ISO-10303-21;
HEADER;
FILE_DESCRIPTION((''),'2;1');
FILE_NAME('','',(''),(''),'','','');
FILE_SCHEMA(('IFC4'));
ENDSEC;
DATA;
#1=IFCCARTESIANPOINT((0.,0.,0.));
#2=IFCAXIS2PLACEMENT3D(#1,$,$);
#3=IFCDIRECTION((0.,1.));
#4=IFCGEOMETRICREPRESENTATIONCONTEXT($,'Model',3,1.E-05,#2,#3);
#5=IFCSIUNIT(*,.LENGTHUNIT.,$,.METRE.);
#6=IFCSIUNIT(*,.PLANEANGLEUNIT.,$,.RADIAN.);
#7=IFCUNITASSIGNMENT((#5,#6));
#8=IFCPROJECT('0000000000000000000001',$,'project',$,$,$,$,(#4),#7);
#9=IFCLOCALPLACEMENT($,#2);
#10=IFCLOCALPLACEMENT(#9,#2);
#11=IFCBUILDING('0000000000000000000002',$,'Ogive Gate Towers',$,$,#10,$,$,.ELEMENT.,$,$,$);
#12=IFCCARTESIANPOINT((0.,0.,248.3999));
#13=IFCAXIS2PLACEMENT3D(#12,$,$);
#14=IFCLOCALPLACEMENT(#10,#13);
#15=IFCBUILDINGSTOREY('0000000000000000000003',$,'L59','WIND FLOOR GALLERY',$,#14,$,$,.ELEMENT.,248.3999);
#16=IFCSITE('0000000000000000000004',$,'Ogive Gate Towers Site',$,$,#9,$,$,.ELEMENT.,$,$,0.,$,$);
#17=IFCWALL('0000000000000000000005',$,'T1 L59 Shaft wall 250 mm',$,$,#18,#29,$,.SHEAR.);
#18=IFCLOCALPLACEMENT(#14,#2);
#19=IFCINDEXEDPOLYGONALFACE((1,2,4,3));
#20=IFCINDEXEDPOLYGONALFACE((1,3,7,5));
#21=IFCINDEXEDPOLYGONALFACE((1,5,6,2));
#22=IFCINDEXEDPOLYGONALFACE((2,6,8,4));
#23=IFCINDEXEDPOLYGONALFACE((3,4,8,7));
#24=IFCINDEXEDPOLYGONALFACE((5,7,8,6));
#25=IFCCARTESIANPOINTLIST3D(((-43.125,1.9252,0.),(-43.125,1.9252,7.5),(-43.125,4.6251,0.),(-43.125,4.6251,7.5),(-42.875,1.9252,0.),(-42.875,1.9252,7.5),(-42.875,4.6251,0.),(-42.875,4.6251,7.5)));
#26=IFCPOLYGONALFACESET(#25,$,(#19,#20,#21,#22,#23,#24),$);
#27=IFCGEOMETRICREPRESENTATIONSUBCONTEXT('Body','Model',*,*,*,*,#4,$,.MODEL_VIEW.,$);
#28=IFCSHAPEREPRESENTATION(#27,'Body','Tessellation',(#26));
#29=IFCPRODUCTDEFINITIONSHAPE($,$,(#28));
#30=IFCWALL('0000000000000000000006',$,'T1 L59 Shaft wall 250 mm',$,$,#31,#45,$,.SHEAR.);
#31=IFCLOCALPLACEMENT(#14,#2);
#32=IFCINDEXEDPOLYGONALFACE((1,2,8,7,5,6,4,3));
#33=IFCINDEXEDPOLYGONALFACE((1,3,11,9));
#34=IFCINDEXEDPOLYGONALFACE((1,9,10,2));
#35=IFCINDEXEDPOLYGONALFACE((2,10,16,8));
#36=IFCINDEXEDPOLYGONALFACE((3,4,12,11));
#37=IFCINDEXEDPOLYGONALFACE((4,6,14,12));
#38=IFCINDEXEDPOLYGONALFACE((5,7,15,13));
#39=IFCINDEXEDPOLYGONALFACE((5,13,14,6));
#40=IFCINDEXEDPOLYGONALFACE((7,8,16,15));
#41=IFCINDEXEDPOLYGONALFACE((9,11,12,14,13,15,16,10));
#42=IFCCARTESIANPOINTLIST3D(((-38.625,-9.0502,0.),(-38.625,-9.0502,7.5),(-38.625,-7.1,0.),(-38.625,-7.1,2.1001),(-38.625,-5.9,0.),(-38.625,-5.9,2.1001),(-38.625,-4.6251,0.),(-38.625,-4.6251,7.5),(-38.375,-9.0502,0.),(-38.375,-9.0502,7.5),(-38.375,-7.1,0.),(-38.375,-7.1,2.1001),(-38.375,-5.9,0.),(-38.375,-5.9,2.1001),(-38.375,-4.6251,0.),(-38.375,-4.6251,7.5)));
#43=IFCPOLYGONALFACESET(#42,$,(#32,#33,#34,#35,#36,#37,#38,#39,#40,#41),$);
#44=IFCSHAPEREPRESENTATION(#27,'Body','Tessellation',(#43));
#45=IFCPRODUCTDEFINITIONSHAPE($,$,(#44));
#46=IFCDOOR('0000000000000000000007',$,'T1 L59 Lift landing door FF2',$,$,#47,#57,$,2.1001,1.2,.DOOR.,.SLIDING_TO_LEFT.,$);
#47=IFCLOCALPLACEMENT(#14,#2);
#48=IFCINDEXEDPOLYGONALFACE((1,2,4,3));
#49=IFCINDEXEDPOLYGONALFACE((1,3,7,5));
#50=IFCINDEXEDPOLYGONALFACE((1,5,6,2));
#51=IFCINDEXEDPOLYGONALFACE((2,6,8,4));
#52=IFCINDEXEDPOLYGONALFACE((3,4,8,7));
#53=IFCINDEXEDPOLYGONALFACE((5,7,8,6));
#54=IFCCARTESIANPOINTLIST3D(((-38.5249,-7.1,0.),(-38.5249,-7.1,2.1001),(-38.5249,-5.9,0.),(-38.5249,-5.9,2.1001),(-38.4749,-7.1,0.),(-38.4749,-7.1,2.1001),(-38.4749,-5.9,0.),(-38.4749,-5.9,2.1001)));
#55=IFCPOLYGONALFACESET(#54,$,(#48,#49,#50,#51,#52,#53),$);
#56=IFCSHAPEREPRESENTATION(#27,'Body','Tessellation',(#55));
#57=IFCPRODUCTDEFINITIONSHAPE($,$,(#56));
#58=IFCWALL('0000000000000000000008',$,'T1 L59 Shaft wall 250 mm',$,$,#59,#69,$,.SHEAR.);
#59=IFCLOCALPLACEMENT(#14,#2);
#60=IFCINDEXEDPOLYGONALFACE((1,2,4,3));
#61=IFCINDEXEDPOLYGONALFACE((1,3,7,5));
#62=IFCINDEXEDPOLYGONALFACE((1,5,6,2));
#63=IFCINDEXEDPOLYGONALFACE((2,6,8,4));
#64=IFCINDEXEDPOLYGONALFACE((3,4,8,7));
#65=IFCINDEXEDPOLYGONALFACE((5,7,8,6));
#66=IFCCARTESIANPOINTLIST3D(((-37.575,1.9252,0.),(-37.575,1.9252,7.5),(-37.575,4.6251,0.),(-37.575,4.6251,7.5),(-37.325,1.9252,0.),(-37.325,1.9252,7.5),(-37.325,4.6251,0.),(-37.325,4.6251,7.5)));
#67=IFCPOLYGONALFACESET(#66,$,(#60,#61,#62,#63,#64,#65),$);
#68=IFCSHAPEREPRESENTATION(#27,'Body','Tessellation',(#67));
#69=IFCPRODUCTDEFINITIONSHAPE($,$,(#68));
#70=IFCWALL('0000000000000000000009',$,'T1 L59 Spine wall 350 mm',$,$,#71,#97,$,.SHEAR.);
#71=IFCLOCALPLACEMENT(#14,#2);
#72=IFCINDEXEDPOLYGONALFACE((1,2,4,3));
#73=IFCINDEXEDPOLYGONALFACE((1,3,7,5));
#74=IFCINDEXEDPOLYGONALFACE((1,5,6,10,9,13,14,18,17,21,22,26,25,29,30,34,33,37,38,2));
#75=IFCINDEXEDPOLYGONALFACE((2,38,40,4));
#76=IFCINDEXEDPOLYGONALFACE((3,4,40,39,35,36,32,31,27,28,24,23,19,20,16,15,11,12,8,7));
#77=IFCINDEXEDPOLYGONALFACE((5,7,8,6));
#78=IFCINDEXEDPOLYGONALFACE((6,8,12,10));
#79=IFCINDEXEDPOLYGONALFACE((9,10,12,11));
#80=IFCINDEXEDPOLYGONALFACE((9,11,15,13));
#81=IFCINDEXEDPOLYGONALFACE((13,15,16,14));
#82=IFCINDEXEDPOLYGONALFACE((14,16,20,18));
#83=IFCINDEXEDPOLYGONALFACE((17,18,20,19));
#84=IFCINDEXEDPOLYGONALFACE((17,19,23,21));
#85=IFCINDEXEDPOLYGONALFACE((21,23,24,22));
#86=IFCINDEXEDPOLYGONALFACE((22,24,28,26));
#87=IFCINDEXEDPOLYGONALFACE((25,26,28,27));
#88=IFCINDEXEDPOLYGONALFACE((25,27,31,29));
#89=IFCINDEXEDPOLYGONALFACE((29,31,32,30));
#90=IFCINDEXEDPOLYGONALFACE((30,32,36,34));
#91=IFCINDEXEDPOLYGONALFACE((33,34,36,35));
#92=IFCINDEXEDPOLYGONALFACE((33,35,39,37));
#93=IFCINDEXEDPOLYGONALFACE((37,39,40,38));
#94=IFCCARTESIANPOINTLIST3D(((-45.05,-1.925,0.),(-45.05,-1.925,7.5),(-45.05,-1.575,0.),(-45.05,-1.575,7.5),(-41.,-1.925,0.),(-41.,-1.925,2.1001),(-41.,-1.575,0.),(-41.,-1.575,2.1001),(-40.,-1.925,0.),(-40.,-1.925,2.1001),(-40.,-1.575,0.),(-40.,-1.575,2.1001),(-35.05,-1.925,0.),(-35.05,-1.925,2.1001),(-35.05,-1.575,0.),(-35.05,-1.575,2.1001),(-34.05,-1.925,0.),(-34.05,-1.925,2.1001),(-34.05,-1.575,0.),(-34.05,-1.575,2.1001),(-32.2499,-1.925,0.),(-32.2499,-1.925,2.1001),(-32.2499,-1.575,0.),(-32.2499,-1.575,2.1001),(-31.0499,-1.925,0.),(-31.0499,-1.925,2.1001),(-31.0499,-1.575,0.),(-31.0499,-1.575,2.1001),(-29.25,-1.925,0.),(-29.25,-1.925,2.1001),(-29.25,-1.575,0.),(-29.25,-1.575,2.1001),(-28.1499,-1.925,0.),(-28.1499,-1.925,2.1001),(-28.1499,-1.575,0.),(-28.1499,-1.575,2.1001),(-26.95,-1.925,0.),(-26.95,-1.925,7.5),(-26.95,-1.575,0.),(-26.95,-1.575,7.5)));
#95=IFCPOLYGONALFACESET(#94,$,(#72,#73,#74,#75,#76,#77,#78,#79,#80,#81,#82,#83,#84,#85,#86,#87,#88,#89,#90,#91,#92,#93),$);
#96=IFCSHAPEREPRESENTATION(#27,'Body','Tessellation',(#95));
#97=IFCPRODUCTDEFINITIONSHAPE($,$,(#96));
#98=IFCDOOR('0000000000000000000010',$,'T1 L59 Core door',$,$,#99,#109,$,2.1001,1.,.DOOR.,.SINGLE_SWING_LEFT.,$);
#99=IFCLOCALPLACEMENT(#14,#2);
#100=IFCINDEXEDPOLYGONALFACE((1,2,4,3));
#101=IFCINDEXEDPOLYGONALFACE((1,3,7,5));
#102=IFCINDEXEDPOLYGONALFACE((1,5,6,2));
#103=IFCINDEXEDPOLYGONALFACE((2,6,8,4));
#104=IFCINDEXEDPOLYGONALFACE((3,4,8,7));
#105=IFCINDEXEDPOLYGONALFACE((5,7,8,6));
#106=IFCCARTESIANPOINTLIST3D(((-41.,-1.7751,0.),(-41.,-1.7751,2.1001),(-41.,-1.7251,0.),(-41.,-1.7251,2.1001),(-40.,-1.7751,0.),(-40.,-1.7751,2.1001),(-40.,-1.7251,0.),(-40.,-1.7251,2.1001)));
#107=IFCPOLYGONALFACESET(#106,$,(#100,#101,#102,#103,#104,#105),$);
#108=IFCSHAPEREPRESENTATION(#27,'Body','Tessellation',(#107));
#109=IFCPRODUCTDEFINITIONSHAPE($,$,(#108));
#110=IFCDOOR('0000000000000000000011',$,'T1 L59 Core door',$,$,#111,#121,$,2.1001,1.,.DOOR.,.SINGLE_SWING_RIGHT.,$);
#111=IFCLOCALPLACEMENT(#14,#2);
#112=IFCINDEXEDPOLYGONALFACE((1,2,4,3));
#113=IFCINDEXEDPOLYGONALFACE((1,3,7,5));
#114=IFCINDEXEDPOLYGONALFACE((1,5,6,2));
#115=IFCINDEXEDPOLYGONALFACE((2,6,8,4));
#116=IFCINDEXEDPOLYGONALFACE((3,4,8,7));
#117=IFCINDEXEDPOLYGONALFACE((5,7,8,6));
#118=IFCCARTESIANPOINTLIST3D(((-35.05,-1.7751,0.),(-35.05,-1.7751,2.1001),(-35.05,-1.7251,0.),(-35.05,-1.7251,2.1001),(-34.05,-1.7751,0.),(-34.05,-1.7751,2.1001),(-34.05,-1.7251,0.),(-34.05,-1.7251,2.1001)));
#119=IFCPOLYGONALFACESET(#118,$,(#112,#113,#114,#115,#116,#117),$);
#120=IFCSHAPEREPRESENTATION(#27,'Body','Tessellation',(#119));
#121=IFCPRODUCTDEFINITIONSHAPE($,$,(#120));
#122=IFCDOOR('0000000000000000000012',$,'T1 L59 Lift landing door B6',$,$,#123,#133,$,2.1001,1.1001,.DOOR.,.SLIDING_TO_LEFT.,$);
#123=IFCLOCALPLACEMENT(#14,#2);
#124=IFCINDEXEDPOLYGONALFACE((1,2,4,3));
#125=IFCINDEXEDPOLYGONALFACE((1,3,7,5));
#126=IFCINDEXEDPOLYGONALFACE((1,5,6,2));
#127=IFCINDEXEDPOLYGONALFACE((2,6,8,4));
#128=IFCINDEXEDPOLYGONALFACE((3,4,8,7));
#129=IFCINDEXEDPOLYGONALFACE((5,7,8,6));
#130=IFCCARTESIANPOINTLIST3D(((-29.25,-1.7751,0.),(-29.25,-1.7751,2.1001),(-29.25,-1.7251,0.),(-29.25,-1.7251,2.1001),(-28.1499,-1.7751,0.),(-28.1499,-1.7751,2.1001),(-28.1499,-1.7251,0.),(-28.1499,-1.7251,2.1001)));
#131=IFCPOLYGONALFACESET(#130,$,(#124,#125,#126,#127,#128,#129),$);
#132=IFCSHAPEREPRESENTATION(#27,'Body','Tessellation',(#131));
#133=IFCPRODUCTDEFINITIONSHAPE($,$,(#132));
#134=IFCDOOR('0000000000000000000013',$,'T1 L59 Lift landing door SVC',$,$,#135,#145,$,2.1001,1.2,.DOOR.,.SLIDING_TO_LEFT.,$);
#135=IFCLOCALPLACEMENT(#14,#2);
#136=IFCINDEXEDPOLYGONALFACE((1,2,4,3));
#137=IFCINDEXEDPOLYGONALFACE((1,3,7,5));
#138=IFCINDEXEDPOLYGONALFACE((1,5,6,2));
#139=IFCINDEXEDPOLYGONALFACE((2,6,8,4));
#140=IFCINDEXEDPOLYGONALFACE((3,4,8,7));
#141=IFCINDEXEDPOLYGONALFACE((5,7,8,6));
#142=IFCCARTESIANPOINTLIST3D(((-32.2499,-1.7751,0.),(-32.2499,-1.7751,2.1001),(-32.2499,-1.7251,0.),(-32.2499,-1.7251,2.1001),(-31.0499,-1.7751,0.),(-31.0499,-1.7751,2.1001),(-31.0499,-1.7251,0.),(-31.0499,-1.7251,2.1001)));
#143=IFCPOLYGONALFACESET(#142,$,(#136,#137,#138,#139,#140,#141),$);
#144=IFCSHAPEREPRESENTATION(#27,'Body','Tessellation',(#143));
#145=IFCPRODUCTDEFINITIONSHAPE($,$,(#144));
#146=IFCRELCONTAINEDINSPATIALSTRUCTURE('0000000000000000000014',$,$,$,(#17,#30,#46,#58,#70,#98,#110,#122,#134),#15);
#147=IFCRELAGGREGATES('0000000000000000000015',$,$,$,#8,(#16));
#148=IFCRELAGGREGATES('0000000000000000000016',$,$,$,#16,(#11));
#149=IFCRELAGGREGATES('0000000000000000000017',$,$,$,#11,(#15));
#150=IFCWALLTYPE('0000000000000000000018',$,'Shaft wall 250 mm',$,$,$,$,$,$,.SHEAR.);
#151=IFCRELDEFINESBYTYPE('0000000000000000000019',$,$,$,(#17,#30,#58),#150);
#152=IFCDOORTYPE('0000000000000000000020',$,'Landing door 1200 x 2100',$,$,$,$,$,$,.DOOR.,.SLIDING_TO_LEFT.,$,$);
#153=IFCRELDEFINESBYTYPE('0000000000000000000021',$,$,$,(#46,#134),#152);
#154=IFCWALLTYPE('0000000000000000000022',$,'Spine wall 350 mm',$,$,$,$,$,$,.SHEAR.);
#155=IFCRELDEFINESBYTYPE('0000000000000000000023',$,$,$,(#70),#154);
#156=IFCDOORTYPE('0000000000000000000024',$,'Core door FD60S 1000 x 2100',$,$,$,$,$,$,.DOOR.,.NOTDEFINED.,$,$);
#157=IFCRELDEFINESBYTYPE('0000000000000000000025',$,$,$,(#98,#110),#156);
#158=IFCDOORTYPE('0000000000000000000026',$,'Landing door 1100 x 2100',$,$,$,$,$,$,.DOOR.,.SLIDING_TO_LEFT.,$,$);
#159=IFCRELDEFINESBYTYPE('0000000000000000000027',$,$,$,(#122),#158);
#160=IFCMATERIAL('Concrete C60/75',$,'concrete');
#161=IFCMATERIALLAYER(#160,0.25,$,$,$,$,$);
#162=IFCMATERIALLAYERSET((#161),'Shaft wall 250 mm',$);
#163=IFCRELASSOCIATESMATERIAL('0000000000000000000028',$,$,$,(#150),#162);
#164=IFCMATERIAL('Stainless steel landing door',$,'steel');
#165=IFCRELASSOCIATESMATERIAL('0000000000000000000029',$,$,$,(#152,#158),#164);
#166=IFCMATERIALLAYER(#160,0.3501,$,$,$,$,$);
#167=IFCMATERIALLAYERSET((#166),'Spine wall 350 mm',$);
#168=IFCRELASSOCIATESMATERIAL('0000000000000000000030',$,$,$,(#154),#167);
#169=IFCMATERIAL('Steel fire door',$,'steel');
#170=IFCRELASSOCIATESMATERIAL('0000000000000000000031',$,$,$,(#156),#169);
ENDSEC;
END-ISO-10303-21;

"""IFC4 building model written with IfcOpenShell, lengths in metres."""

from ifc_helpers import new_model, si_unit, direction, frame, frame_2d, origin, place, context, subcontext, project, spatial, rectangle, extrude, material, layer, layer_set, type_object, element, fill, save


model = new_model("IFC4")

# Units and contexts
model_context = context("Model", 3, precision=1e-05, world=origin(), true_north=direction((0.0, 1.0)))
body_context = subcontext(model_context, "Body", "Model", "MODEL_VIEW")
ifc_project = project(units=[si_unit("LENGTHUNIT", "METRE"), si_unit("PLANEANGLEUNIT", "RADIAN")], contexts=[model_context])

# Site, building, storey
site_placement = place(None, origin())
site = spatial("IfcSite", under=ifc_project, at=site_placement, Name="Ogive Gate Towers Site", CompositionType="ELEMENT", RefElevation=0.0)
building_placement = place(site_placement, origin())
building = spatial("IfcBuilding", under=site, at=building_placement, Name="Ogive Gate Towers", CompositionType="ELEMENT")
storey_placement = place(building_placement, frame((0.0, 0.0, 248.3999)))
storey = spatial("IfcBuildingStorey", under=building, at=storey_placement, Name="L59", Description="WIND FLOOR GALLERY", CompositionType="ELEMENT", Elevation=248.3999)

# Wall
ifc_material_1 = material(Name="Concrete C60/75", Category="concrete")
ifc_layer_1 = layer(ifc_material_1, 0.25)
ifc_layer_set_1 = layer_set([ifc_layer_1], Name="Shaft wall 250 mm")
wall_type_1 = type_object("IfcWallType", Name="Shaft wall 250 mm", PredefinedType="SHEAR", material=ifc_layer_set_1)
wall_1_placement = place(storey_placement, frame((-43.0, 1.925, 0.0), z_axis=(0.0, 0.0, 1.0), x_axis=(0.0, 1.0, 0.0)))
element("IfcWall", 1, at=wall_1_placement, inside=storey, type_object=wall_type_1, Name="T1 L59 Shaft wall 250 mm", PredefinedType="SHEAR", context=body_context, shape_type="SweptSolid", body=[
    extrude(rectangle(XDim=2.7, YDim=0.25, at=frame_2d((1.3501, 0.0))), origin(), (0.0, 0.0, 1.0), 7.5),
])

# Wall, opening, door
wall_2_placement = place(storey_placement, frame((-38.5, -9.05, 0.0), z_axis=(0.0, 0.0, 1.0), x_axis=(0.0, 1.0, 0.0)))
wall_2 = element("IfcWall", 2, at=wall_2_placement, inside=storey, type_object=wall_type_1, Name="T1 L59 Shaft wall 250 mm", PredefinedType="SHEAR", context=body_context, shape_type="SweptSolid", body=[
    extrude(rectangle(XDim=4.425, YDim=0.25, at=frame_2d((2.2124, 0.0))), origin(), (0.0, 0.0, 1.0), 7.5),
])
opening_1_placement = place(wall_2_placement, frame((1.95, 0.0, 0.0)))
opening_1 = element("IfcOpeningElement", 3, at=opening_1_placement, cuts=wall_2, PredefinedType="OPENING", context=body_context, shape_type="SweptSolid", body=[
    extrude(rectangle(XDim=1.2, YDim=2.1001, at=frame_2d((0.6001, 1.05))), frame((0.0, 0.135, 0.0), z_axis=(0.0, -1.0, 0.0), x_axis=(1.0, 0.0, 0.0)), (0.0, 0.0, 1.0), 0.27),
])
ifc_material_2 = material(Name="Stainless steel landing door", Category="steel")
door_type_1 = type_object("IfcDoorType", Name="Landing door 1200 x 2100", OperationType="SLIDING_TO_LEFT", PredefinedType="DOOR", material=ifc_material_2)
door_1_placement = place(opening_1_placement, origin())
door_1 = element("IfcDoor", 4, at=door_1_placement, inside=storey, type_object=door_type_1, Name="T1 L59 Lift landing door FF2", OperationType="SLIDING_TO_LEFT", OverallHeight=2.1001, OverallWidth=1.2, PredefinedType="DOOR", context=body_context, shape_type="SweptSolid", body=[
    extrude(rectangle(XDim=1.2, YDim=2.1001, at=frame_2d((0.6001, 1.05))), frame((0.0, 0.0249, 0.0), z_axis=(0.0, -1.0, 0.0), x_axis=(1.0, 0.0, 0.0)), (0.0, 0.0, 1.0), 0.05),
])
fill(opening_1, door_1)

# Wall
wall_3_placement = place(storey_placement, frame((-37.45, 1.925, 0.0), z_axis=(0.0, 0.0, 1.0), x_axis=(0.0, 1.0, 0.0)))
element("IfcWall", 5, at=wall_3_placement, inside=storey, type_object=wall_type_1, Name="T1 L59 Shaft wall 250 mm", PredefinedType="SHEAR", context=body_context, shape_type="SweptSolid", body=[
    extrude(rectangle(XDim=2.7, YDim=0.25, at=frame_2d((1.3501, 0.0))), origin(), (0.0, 0.0, 1.0), 7.5),
])

# Wall, openings, doors
ifc_layer_2 = layer(ifc_material_1, 0.3501)
ifc_layer_set_2 = layer_set([ifc_layer_2], Name="Spine wall 350 mm")
wall_type_2 = type_object("IfcWallType", Name="Spine wall 350 mm", PredefinedType="SHEAR", material=ifc_layer_set_2)
wall_4_placement = place(storey_placement, frame((-45.05, -1.75, 0.0), z_axis=(0.0, 0.0, 1.0), x_axis=(1.0, 0.0, 0.0)))
wall_4 = element("IfcWall", 6, at=wall_4_placement, inside=storey, type_object=wall_type_2, Name="T1 L59 Spine wall 350 mm", PredefinedType="SHEAR", context=body_context, shape_type="SweptSolid", body=[
    extrude(rectangle(XDim=18.1001, YDim=0.3501, at=frame_2d((9.05, 0.0))), origin(), (0.0, 0.0, 1.0), 7.5),
])
opening_2_placement = place(wall_4_placement, frame((12.8, 0.0, 0.0)))
opening_2 = element("IfcOpeningElement", 7, at=opening_2_placement, cuts=wall_4, PredefinedType="OPENING", context=body_context, shape_type="SweptSolid", body=[
    extrude(rectangle(XDim=1.2, YDim=2.1001, at=frame_2d((0.6001, 1.05))), frame((0.0, 0.1851, 0.0), z_axis=(0.0, -1.0, 0.0), x_axis=(1.0, 0.0, 0.0)), (0.0, 0.0, 1.0), 0.3701),
])
opening_3_placement = place(wall_4_placement, frame((15.8, 0.0, 0.0)))
opening_3 = element("IfcOpeningElement", 8, at=opening_3_placement, cuts=wall_4, PredefinedType="OPENING", context=body_context, shape_type="SweptSolid", body=[
    extrude(rectangle(XDim=1.1001, YDim=2.1001, at=frame_2d((0.55, 1.05))), frame((0.0, 0.1851, 0.0), z_axis=(0.0, -1.0, 0.0), x_axis=(1.0, 0.0, 0.0)), (0.0, 0.0, 1.0), 0.3701),
])
opening_4_placement = place(wall_4_placement, frame((4.05, 0.0, 0.0)))
opening_4 = element("IfcOpeningElement", 9, at=opening_4_placement, cuts=wall_4, PredefinedType="OPENING", context=body_context, shape_type="SweptSolid", body=[
    extrude(rectangle(XDim=1.0, YDim=2.1001, at=frame_2d((0.5, 1.05))), frame((0.0, 0.1851, 0.0), z_axis=(0.0, -1.0, 0.0), x_axis=(1.0, 0.0, 0.0)), (0.0, 0.0, 1.0), 0.3701),
])
opening_5_placement = place(wall_4_placement, frame((10.0, 0.0, 0.0)))
opening_5 = element("IfcOpeningElement", 10, at=opening_5_placement, cuts=wall_4, PredefinedType="OPENING", context=body_context, shape_type="SweptSolid", body=[
    extrude(rectangle(XDim=1.0, YDim=2.1001, at=frame_2d((0.5, 1.05))), frame((0.0, 0.1851, 0.0), z_axis=(0.0, -1.0, 0.0), x_axis=(1.0, 0.0, 0.0)), (0.0, 0.0, 1.0), 0.3701),
])
ifc_material_3 = material(Name="Steel fire door", Category="steel")
door_type_2 = type_object("IfcDoorType", Name="Core door FD60S 1000 x 2100", OperationType="NOTDEFINED", PredefinedType="DOOR", material=ifc_material_3)
door_2_placement = place(opening_4_placement, origin())
door_2 = element("IfcDoor", 11, at=door_2_placement, inside=storey, type_object=door_type_2, Name="T1 L59 Core door", OperationType="SINGLE_SWING_LEFT", OverallHeight=2.1001, OverallWidth=1.0, PredefinedType="DOOR", context=body_context, shape_type="SweptSolid", body=[
    extrude(rectangle(XDim=1.0, YDim=2.1001, at=frame_2d((0.5, 1.05))), frame((0.0, 0.0249, 0.0), z_axis=(0.0, -1.0, 0.0), x_axis=(1.0, 0.0, 0.0)), (0.0, 0.0, 1.0), 0.05),
])
fill(opening_4, door_2)
door_3_placement = place(opening_5_placement, origin())
door_3 = element("IfcDoor", 12, at=door_3_placement, inside=storey, type_object=door_type_2, Name="T1 L59 Core door", OperationType="SINGLE_SWING_RIGHT", OverallHeight=2.1001, OverallWidth=1.0, PredefinedType="DOOR", context=body_context, shape_type="SweptSolid", body=[
    extrude(rectangle(XDim=1.0, YDim=2.1001, at=frame_2d((0.5, 1.05))), frame((0.0, 0.0249, 0.0), z_axis=(0.0, -1.0, 0.0), x_axis=(1.0, 0.0, 0.0)), (0.0, 0.0, 1.0), 0.05),
])
fill(opening_5, door_3)
door_type_3 = type_object("IfcDoorType", Name="Landing door 1100 x 2100", OperationType="SLIDING_TO_LEFT", PredefinedType="DOOR", material=ifc_material_2)
door_4_placement = place(opening_3_placement, origin())
door_4 = element("IfcDoor", 13, at=door_4_placement, inside=storey, type_object=door_type_3, Name="T1 L59 Lift landing door B6", OperationType="SLIDING_TO_LEFT", OverallHeight=2.1001, OverallWidth=1.1001, PredefinedType="DOOR", context=body_context, shape_type="SweptSolid", body=[
    extrude(rectangle(XDim=1.1001, YDim=2.1001, at=frame_2d((0.55, 1.05))), frame((0.0, 0.0249, 0.0), z_axis=(0.0, -1.0, 0.0), x_axis=(1.0, 0.0, 0.0)), (0.0, 0.0, 1.0), 0.05),
])
fill(opening_3, door_4)
door_5_placement = place(opening_2_placement, origin())
door_5 = element("IfcDoor", 14, at=door_5_placement, inside=storey, type_object=door_type_1, Name="T1 L59 Lift landing door SVC", OperationType="SLIDING_TO_LEFT", OverallHeight=2.1001, OverallWidth=1.2, PredefinedType="DOOR", context=body_context, shape_type="SweptSolid", body=[
    extrude(rectangle(XDim=1.2, YDim=2.1001, at=frame_2d((0.6001, 1.05))), frame((0.0, 0.0249, 0.0), z_axis=(0.0, -1.0, 0.0), x_axis=(1.0, 0.0, 0.0)), (0.0, 0.0, 1.0), 0.05),
])
fill(opening_2, door_5)

save(model, "model.ifc")
